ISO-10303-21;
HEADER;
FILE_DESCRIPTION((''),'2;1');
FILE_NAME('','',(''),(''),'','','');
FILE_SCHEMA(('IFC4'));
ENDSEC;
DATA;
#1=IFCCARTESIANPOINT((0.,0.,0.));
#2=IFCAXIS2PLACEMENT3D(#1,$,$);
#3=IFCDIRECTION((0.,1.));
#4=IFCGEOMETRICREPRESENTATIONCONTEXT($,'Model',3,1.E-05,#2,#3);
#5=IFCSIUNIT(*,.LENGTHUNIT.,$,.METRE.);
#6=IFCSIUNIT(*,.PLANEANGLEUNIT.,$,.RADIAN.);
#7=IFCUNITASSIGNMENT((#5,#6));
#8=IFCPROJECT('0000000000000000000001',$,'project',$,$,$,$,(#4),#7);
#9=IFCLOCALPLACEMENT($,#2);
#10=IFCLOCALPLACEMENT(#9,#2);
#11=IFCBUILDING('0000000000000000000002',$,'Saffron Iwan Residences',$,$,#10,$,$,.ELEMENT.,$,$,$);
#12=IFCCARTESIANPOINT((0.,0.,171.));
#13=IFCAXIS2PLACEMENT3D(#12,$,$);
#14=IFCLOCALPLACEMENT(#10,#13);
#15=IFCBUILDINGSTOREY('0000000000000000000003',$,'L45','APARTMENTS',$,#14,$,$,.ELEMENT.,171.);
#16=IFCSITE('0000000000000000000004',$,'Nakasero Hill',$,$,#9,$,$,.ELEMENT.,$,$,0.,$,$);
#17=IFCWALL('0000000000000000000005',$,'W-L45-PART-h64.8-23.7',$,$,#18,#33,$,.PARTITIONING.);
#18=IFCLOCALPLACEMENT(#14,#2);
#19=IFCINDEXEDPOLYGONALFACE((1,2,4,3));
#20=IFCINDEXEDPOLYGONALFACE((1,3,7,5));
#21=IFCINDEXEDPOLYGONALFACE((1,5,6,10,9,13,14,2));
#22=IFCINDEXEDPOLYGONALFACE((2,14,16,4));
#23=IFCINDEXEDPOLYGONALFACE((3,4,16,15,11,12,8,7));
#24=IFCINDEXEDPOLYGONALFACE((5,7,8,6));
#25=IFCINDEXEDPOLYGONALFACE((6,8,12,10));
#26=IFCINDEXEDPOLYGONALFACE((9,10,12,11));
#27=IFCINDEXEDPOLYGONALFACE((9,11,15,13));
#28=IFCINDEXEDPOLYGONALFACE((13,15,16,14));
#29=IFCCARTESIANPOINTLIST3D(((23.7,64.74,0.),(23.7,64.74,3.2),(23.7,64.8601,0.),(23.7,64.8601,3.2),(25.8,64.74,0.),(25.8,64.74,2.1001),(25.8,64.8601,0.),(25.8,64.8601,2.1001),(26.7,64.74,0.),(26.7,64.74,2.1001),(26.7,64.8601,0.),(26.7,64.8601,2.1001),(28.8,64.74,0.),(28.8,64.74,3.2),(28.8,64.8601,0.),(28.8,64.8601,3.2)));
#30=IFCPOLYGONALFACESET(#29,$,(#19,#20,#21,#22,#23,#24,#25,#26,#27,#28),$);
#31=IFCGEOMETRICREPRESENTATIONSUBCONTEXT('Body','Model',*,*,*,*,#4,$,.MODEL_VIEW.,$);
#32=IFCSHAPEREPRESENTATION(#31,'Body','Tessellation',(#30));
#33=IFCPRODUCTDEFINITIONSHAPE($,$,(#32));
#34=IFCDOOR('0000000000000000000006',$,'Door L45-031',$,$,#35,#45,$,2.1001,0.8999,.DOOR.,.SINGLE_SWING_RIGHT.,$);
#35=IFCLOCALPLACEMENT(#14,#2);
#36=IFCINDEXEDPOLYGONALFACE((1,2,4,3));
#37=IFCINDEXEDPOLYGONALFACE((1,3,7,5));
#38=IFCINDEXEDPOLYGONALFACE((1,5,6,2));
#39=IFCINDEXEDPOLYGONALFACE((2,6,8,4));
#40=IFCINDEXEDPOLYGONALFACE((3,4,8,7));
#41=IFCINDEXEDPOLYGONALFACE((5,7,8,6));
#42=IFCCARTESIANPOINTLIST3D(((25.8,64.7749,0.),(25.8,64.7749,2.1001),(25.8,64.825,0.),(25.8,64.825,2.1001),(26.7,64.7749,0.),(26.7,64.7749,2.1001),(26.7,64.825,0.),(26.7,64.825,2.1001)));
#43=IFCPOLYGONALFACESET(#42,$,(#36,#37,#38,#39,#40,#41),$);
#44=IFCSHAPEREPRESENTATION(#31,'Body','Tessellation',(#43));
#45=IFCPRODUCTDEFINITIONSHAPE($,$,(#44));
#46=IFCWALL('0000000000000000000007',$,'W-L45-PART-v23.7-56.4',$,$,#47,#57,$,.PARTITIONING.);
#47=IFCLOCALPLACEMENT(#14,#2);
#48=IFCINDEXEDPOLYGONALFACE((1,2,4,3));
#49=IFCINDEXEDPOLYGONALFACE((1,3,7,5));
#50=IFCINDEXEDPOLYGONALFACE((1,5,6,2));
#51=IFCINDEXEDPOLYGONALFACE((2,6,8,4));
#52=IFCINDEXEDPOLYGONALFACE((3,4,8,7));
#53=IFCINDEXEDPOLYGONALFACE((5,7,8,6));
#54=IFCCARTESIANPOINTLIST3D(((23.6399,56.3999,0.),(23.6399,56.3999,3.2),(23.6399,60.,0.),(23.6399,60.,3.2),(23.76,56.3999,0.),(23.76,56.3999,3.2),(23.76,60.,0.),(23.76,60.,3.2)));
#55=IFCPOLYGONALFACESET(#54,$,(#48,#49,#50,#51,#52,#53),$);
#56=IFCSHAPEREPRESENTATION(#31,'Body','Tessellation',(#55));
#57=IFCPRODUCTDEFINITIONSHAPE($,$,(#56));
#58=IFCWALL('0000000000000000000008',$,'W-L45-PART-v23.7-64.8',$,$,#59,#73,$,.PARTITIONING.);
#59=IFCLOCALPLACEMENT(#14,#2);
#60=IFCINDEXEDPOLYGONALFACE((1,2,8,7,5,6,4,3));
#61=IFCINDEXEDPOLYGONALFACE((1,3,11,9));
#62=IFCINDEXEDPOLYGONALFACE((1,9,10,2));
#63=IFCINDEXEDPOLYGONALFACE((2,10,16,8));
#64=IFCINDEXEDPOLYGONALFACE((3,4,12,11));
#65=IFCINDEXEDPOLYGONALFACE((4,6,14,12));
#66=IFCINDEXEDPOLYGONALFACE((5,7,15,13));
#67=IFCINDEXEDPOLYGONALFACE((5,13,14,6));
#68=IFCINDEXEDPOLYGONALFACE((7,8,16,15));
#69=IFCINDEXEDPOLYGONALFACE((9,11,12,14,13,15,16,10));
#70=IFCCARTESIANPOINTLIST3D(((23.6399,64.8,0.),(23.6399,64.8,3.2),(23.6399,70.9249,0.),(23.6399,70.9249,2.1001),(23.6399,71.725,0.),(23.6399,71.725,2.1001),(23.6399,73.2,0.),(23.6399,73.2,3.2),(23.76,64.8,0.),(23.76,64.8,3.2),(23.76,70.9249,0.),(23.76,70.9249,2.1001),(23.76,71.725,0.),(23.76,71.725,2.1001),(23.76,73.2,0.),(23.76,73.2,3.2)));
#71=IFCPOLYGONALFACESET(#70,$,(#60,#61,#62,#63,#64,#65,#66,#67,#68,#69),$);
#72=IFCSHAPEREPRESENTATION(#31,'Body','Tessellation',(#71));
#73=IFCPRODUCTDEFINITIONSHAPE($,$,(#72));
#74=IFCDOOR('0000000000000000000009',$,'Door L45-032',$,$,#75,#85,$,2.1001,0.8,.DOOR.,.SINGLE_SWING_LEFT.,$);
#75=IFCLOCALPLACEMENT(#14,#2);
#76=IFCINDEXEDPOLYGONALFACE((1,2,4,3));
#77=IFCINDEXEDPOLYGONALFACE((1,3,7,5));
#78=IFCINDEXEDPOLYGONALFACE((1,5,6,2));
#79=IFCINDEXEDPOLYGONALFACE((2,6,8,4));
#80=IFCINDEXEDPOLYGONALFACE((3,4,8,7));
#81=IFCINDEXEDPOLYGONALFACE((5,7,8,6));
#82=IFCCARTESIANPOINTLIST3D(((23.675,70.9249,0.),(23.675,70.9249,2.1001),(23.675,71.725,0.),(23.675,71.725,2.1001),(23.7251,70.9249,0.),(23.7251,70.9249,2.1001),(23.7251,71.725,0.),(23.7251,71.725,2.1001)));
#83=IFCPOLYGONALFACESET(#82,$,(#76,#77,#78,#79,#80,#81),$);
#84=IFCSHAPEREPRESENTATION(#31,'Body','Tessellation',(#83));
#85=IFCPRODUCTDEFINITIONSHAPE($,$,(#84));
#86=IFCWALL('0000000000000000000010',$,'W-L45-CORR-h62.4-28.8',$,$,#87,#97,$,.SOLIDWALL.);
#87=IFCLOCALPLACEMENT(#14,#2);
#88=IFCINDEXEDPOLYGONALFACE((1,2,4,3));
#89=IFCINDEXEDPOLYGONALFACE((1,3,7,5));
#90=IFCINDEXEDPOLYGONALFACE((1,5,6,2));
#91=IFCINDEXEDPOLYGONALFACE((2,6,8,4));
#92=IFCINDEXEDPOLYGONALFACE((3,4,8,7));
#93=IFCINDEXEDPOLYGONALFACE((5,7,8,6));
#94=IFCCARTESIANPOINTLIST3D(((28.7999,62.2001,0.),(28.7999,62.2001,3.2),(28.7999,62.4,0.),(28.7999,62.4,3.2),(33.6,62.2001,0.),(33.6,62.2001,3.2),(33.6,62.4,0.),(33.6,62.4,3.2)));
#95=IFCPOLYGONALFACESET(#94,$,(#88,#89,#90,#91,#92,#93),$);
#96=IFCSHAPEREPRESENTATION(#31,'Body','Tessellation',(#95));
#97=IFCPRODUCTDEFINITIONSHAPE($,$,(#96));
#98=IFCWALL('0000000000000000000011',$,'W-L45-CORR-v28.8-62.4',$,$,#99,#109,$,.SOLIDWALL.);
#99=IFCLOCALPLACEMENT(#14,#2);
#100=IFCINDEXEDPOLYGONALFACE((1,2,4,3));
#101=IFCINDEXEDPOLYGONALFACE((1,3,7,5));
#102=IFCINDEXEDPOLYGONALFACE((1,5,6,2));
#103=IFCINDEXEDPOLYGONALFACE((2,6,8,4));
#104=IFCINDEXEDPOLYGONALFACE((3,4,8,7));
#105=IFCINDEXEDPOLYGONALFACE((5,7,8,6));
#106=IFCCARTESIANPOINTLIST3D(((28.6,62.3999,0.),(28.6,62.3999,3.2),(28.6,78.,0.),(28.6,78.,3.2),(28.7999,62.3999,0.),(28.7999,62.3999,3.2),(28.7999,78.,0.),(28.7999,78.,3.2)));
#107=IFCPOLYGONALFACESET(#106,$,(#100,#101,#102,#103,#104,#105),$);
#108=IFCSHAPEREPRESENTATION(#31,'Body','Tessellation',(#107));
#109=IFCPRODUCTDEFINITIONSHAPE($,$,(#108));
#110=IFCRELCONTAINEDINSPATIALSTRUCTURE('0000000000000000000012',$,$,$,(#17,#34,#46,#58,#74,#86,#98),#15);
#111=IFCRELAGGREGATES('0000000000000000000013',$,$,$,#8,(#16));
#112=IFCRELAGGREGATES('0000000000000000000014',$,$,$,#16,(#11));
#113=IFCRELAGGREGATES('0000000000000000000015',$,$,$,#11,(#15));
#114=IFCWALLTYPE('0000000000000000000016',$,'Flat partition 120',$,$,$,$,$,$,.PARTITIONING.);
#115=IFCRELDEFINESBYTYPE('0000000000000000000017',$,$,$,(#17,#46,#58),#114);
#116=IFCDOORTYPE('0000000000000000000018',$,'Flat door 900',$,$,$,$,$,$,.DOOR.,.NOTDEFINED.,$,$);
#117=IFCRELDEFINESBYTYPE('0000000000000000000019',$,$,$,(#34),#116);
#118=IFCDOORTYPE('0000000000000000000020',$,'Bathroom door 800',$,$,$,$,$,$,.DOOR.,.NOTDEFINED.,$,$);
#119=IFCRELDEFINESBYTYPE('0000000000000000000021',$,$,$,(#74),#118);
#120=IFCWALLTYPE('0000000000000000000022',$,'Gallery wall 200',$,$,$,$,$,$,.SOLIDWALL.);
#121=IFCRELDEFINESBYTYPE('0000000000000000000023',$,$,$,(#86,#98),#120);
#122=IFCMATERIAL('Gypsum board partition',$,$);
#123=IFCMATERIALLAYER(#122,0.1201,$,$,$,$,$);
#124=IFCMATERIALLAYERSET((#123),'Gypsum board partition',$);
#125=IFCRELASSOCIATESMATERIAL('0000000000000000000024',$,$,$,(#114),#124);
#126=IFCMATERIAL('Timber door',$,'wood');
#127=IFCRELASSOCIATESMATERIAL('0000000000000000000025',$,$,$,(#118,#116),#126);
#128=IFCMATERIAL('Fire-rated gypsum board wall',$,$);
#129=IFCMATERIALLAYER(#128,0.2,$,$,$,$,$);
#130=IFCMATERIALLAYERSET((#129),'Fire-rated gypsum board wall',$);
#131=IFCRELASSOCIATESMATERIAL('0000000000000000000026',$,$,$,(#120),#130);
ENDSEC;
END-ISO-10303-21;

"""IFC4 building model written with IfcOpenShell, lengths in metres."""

from ifc_helpers import new_model, si_unit, direction, frame, frame_2d, origin, place, context, subcontext, project, spatial, rectangle, extrude, material, layer, layer_set, type_object, element, fill, save


model = new_model("IFC4")

# Units and contexts
model_context = context("Model", 3, precision=1e-05, world=origin(), true_north=direction((0.0, 1.0)))
body_context = subcontext(model_context, "Body", "Model", "MODEL_VIEW")
ifc_project = project(units=[si_unit("LENGTHUNIT", "METRE"), si_unit("PLANEANGLEUNIT", "RADIAN")], contexts=[model_context])

# Site, building, storey
site_placement = place(None, origin())
site = spatial("IfcSite", under=ifc_project, at=site_placement, Name="Nakasero Hill", CompositionType="ELEMENT", RefElevation=0.0)
building_placement = place(site_placement, origin())
building = spatial("IfcBuilding", under=site, at=building_placement, Name="Saffron Iwan Residences", CompositionType="ELEMENT")
storey_placement = place(building_placement, frame((0.0, 0.0, 171.0)))
storey = spatial("IfcBuildingStorey", under=building, at=storey_placement, Name="L45", Description="APARTMENTS", CompositionType="ELEMENT", Elevation=171.0)

# Shared definitions
ifc_material_1 = material(Name="Fire-rated gypsum board wall")

# Shared definitions
ifc_material_2 = material(Name="Gypsum board partition")
ifc_layer_1 = layer(ifc_material_2, 0.1201)
ifc_layer_set_1 = layer_set([ifc_layer_1], Name="Gypsum board partition")
wall_type_1 = type_object("IfcWallType", Name="Flat partition 120", PredefinedType="PARTITIONING", material=ifc_layer_set_1)
ifc_material_3 = material(Name="Timber door", Category="wood")
door_type_1 = type_object("IfcDoorType", Name="Bathroom door 800", OperationType="NOTDEFINED", PredefinedType="DOOR", material=ifc_material_3)
door_type_2 = type_object("IfcDoorType", Name="Flat door 900", OperationType="NOTDEFINED", PredefinedType="DOOR", material=ifc_material_3)

# Wall, opening, door
wall_1_placement = place(storey_placement, frame((23.7, 64.8, 0.0), z_axis=(0.0, 0.0, 1.0), x_axis=(1.0, 0.0, 0.0)))
wall_1 = element("IfcWall", 1, at=wall_1_placement, inside=storey, type_object=wall_type_1, Name="W-L45-PART-h64.8-23.7", PredefinedType="PARTITIONING", context=body_context, shape_type="SweptSolid", body=[
    extrude(rectangle(XDim=5.1001, YDim=0.1201, at=frame_2d((2.55, 0.0))), origin(), (0.0, 0.0, 1.0), 3.2),
])
opening_1_placement = place(wall_1_placement, frame((2.1001, 0.0, 0.0)))
opening_1 = element("IfcOpeningElement", 2, at=opening_1_placement, cuts=wall_1, PredefinedType="OPENING", context=body_context, shape_type="SweptSolid", body=[
    extrude(rectangle(XDim=0.8999, YDim=2.1001, at=frame_2d((0.45, 1.05))), frame((0.0, 0.0701, 0.0), z_axis=(0.0, -1.0, 0.0), x_axis=(1.0, 0.0, 0.0)), (0.0, 0.0, 1.0), 0.1401),
])
door_1_placement = place(opening_1_placement, origin())
door_1 = element("IfcDoor", 3, at=door_1_placement, inside=storey, type_object=door_type_2, Name="Door L45-031", OperationType="SINGLE_SWING_RIGHT", OverallHeight=2.1001, OverallWidth=0.8999, PredefinedType="DOOR", context=body_context, shape_type="SweptSolid", body=[
    extrude(rectangle(XDim=0.8999, YDim=2.1001, at=frame_2d((0.45, 1.05))), frame((0.0, 0.0249, 0.0), z_axis=(0.0, -1.0, 0.0), x_axis=(1.0, 0.0, 0.0)), (0.0, 0.0, 1.0), 0.05),
])
fill(opening_1, door_1)

# Wall
wall_2_placement = place(storey_placement, frame((23.7, 56.3999, 0.0), z_axis=(0.0, 0.0, 1.0), x_axis=(0.0, 1.0, 0.0)))
element("IfcWall", 4, at=wall_2_placement, inside=storey, type_object=wall_type_1, Name="W-L45-PART-v23.7-56.4", PredefinedType="PARTITIONING", context=body_context, shape_type="SweptSolid", body=[
    extrude(rectangle(XDim=3.6001, YDim=0.1201, at=frame_2d((1.8, 0.0))), origin(), (0.0, 0.0, 1.0), 3.2),
])

# Wall, opening, door
wall_3_placement = place(storey_placement, frame((23.7, 64.8, 0.0), z_axis=(0.0, 0.0, 1.0), x_axis=(0.0, 1.0, 0.0)))
wall_3 = element("IfcWall", 5, at=wall_3_placement, inside=storey, type_object=wall_type_1, Name="W-L45-PART-v23.7-64.8", PredefinedType="PARTITIONING", context=body_context, shape_type="SweptSolid", body=[
    extrude(rectangle(XDim=8.3999, YDim=0.1201, at=frame_2d((4.2, 0.0))), origin(), (0.0, 0.0, 1.0), 3.2),
])
opening_2_placement = place(wall_3_placement, frame((6.125, 0.0, 0.0)))
opening_2 = element("IfcOpeningElement", 6, at=opening_2_placement, cuts=wall_3, PredefinedType="OPENING", context=body_context, shape_type="SweptSolid", body=[
    extrude(rectangle(XDim=0.8, YDim=2.1001, at=frame_2d((0.3999, 1.05))), frame((0.0, 0.0701, 0.0), z_axis=(0.0, -1.0, 0.0), x_axis=(1.0, 0.0, 0.0)), (0.0, 0.0, 1.0), 0.1401),
])
door_2_placement = place(opening_2_placement, origin())
door_2 = element("IfcDoor", 7, at=door_2_placement, inside=storey, type_object=door_type_1, Name="Door L45-032", OperationType="SINGLE_SWING_LEFT", OverallHeight=2.1001, OverallWidth=0.8, PredefinedType="DOOR", context=body_context, shape_type="SweptSolid", body=[
    extrude(rectangle(XDim=0.8, YDim=2.1001, at=frame_2d((0.3999, 1.05))), frame((0.0, 0.0249, 0.0), z_axis=(0.0, -1.0, 0.0), x_axis=(1.0, 0.0, 0.0)), (0.0, 0.0, 1.0), 0.05),
])
fill(opening_2, door_2)

# Walls
ifc_layer_2 = layer(ifc_material_1, 0.2)
ifc_layer_set_2 = layer_set([ifc_layer_2], Name="Fire-rated gypsum board wall")
wall_type_2 = type_object("IfcWallType", Name="Gallery wall 200", PredefinedType="SOLIDWALL", material=ifc_layer_set_2)
wall_4_placement = place(storey_placement, frame((28.8, 62.3, 0.0), z_axis=(0.0, 0.0, 1.0), x_axis=(1.0, 0.0, 0.0)))
element("IfcWall", 8, at=wall_4_placement, inside=storey, type_object=wall_type_2, Name="W-L45-CORR-h62.4-28.8", PredefinedType="SOLIDWALL", context=body_context, shape_type="SweptSolid", body=[
    extrude(rectangle(XDim=4.8, YDim=0.2, at=frame_2d((2.3999, 0.0))), origin(), (0.0, 0.0, 1.0), 3.2),
])
wall_5_placement = place(storey_placement, frame((28.7, 62.3999, 0.0), z_axis=(0.0, 0.0, 1.0), x_axis=(0.0, 1.0, 0.0)))
element("IfcWall", 9, at=wall_5_placement, inside=storey, type_object=wall_type_2, Name="W-L45-CORR-v28.8-62.4", PredefinedType="SOLIDWALL", context=body_context, shape_type="SweptSolid", body=[
    extrude(rectangle(XDim=15.6001, YDim=0.2, at=frame_2d((7.8, 0.0))), origin(), (0.0, 0.0, 1.0), 3.2),
])

save(model, "model.ifc")
